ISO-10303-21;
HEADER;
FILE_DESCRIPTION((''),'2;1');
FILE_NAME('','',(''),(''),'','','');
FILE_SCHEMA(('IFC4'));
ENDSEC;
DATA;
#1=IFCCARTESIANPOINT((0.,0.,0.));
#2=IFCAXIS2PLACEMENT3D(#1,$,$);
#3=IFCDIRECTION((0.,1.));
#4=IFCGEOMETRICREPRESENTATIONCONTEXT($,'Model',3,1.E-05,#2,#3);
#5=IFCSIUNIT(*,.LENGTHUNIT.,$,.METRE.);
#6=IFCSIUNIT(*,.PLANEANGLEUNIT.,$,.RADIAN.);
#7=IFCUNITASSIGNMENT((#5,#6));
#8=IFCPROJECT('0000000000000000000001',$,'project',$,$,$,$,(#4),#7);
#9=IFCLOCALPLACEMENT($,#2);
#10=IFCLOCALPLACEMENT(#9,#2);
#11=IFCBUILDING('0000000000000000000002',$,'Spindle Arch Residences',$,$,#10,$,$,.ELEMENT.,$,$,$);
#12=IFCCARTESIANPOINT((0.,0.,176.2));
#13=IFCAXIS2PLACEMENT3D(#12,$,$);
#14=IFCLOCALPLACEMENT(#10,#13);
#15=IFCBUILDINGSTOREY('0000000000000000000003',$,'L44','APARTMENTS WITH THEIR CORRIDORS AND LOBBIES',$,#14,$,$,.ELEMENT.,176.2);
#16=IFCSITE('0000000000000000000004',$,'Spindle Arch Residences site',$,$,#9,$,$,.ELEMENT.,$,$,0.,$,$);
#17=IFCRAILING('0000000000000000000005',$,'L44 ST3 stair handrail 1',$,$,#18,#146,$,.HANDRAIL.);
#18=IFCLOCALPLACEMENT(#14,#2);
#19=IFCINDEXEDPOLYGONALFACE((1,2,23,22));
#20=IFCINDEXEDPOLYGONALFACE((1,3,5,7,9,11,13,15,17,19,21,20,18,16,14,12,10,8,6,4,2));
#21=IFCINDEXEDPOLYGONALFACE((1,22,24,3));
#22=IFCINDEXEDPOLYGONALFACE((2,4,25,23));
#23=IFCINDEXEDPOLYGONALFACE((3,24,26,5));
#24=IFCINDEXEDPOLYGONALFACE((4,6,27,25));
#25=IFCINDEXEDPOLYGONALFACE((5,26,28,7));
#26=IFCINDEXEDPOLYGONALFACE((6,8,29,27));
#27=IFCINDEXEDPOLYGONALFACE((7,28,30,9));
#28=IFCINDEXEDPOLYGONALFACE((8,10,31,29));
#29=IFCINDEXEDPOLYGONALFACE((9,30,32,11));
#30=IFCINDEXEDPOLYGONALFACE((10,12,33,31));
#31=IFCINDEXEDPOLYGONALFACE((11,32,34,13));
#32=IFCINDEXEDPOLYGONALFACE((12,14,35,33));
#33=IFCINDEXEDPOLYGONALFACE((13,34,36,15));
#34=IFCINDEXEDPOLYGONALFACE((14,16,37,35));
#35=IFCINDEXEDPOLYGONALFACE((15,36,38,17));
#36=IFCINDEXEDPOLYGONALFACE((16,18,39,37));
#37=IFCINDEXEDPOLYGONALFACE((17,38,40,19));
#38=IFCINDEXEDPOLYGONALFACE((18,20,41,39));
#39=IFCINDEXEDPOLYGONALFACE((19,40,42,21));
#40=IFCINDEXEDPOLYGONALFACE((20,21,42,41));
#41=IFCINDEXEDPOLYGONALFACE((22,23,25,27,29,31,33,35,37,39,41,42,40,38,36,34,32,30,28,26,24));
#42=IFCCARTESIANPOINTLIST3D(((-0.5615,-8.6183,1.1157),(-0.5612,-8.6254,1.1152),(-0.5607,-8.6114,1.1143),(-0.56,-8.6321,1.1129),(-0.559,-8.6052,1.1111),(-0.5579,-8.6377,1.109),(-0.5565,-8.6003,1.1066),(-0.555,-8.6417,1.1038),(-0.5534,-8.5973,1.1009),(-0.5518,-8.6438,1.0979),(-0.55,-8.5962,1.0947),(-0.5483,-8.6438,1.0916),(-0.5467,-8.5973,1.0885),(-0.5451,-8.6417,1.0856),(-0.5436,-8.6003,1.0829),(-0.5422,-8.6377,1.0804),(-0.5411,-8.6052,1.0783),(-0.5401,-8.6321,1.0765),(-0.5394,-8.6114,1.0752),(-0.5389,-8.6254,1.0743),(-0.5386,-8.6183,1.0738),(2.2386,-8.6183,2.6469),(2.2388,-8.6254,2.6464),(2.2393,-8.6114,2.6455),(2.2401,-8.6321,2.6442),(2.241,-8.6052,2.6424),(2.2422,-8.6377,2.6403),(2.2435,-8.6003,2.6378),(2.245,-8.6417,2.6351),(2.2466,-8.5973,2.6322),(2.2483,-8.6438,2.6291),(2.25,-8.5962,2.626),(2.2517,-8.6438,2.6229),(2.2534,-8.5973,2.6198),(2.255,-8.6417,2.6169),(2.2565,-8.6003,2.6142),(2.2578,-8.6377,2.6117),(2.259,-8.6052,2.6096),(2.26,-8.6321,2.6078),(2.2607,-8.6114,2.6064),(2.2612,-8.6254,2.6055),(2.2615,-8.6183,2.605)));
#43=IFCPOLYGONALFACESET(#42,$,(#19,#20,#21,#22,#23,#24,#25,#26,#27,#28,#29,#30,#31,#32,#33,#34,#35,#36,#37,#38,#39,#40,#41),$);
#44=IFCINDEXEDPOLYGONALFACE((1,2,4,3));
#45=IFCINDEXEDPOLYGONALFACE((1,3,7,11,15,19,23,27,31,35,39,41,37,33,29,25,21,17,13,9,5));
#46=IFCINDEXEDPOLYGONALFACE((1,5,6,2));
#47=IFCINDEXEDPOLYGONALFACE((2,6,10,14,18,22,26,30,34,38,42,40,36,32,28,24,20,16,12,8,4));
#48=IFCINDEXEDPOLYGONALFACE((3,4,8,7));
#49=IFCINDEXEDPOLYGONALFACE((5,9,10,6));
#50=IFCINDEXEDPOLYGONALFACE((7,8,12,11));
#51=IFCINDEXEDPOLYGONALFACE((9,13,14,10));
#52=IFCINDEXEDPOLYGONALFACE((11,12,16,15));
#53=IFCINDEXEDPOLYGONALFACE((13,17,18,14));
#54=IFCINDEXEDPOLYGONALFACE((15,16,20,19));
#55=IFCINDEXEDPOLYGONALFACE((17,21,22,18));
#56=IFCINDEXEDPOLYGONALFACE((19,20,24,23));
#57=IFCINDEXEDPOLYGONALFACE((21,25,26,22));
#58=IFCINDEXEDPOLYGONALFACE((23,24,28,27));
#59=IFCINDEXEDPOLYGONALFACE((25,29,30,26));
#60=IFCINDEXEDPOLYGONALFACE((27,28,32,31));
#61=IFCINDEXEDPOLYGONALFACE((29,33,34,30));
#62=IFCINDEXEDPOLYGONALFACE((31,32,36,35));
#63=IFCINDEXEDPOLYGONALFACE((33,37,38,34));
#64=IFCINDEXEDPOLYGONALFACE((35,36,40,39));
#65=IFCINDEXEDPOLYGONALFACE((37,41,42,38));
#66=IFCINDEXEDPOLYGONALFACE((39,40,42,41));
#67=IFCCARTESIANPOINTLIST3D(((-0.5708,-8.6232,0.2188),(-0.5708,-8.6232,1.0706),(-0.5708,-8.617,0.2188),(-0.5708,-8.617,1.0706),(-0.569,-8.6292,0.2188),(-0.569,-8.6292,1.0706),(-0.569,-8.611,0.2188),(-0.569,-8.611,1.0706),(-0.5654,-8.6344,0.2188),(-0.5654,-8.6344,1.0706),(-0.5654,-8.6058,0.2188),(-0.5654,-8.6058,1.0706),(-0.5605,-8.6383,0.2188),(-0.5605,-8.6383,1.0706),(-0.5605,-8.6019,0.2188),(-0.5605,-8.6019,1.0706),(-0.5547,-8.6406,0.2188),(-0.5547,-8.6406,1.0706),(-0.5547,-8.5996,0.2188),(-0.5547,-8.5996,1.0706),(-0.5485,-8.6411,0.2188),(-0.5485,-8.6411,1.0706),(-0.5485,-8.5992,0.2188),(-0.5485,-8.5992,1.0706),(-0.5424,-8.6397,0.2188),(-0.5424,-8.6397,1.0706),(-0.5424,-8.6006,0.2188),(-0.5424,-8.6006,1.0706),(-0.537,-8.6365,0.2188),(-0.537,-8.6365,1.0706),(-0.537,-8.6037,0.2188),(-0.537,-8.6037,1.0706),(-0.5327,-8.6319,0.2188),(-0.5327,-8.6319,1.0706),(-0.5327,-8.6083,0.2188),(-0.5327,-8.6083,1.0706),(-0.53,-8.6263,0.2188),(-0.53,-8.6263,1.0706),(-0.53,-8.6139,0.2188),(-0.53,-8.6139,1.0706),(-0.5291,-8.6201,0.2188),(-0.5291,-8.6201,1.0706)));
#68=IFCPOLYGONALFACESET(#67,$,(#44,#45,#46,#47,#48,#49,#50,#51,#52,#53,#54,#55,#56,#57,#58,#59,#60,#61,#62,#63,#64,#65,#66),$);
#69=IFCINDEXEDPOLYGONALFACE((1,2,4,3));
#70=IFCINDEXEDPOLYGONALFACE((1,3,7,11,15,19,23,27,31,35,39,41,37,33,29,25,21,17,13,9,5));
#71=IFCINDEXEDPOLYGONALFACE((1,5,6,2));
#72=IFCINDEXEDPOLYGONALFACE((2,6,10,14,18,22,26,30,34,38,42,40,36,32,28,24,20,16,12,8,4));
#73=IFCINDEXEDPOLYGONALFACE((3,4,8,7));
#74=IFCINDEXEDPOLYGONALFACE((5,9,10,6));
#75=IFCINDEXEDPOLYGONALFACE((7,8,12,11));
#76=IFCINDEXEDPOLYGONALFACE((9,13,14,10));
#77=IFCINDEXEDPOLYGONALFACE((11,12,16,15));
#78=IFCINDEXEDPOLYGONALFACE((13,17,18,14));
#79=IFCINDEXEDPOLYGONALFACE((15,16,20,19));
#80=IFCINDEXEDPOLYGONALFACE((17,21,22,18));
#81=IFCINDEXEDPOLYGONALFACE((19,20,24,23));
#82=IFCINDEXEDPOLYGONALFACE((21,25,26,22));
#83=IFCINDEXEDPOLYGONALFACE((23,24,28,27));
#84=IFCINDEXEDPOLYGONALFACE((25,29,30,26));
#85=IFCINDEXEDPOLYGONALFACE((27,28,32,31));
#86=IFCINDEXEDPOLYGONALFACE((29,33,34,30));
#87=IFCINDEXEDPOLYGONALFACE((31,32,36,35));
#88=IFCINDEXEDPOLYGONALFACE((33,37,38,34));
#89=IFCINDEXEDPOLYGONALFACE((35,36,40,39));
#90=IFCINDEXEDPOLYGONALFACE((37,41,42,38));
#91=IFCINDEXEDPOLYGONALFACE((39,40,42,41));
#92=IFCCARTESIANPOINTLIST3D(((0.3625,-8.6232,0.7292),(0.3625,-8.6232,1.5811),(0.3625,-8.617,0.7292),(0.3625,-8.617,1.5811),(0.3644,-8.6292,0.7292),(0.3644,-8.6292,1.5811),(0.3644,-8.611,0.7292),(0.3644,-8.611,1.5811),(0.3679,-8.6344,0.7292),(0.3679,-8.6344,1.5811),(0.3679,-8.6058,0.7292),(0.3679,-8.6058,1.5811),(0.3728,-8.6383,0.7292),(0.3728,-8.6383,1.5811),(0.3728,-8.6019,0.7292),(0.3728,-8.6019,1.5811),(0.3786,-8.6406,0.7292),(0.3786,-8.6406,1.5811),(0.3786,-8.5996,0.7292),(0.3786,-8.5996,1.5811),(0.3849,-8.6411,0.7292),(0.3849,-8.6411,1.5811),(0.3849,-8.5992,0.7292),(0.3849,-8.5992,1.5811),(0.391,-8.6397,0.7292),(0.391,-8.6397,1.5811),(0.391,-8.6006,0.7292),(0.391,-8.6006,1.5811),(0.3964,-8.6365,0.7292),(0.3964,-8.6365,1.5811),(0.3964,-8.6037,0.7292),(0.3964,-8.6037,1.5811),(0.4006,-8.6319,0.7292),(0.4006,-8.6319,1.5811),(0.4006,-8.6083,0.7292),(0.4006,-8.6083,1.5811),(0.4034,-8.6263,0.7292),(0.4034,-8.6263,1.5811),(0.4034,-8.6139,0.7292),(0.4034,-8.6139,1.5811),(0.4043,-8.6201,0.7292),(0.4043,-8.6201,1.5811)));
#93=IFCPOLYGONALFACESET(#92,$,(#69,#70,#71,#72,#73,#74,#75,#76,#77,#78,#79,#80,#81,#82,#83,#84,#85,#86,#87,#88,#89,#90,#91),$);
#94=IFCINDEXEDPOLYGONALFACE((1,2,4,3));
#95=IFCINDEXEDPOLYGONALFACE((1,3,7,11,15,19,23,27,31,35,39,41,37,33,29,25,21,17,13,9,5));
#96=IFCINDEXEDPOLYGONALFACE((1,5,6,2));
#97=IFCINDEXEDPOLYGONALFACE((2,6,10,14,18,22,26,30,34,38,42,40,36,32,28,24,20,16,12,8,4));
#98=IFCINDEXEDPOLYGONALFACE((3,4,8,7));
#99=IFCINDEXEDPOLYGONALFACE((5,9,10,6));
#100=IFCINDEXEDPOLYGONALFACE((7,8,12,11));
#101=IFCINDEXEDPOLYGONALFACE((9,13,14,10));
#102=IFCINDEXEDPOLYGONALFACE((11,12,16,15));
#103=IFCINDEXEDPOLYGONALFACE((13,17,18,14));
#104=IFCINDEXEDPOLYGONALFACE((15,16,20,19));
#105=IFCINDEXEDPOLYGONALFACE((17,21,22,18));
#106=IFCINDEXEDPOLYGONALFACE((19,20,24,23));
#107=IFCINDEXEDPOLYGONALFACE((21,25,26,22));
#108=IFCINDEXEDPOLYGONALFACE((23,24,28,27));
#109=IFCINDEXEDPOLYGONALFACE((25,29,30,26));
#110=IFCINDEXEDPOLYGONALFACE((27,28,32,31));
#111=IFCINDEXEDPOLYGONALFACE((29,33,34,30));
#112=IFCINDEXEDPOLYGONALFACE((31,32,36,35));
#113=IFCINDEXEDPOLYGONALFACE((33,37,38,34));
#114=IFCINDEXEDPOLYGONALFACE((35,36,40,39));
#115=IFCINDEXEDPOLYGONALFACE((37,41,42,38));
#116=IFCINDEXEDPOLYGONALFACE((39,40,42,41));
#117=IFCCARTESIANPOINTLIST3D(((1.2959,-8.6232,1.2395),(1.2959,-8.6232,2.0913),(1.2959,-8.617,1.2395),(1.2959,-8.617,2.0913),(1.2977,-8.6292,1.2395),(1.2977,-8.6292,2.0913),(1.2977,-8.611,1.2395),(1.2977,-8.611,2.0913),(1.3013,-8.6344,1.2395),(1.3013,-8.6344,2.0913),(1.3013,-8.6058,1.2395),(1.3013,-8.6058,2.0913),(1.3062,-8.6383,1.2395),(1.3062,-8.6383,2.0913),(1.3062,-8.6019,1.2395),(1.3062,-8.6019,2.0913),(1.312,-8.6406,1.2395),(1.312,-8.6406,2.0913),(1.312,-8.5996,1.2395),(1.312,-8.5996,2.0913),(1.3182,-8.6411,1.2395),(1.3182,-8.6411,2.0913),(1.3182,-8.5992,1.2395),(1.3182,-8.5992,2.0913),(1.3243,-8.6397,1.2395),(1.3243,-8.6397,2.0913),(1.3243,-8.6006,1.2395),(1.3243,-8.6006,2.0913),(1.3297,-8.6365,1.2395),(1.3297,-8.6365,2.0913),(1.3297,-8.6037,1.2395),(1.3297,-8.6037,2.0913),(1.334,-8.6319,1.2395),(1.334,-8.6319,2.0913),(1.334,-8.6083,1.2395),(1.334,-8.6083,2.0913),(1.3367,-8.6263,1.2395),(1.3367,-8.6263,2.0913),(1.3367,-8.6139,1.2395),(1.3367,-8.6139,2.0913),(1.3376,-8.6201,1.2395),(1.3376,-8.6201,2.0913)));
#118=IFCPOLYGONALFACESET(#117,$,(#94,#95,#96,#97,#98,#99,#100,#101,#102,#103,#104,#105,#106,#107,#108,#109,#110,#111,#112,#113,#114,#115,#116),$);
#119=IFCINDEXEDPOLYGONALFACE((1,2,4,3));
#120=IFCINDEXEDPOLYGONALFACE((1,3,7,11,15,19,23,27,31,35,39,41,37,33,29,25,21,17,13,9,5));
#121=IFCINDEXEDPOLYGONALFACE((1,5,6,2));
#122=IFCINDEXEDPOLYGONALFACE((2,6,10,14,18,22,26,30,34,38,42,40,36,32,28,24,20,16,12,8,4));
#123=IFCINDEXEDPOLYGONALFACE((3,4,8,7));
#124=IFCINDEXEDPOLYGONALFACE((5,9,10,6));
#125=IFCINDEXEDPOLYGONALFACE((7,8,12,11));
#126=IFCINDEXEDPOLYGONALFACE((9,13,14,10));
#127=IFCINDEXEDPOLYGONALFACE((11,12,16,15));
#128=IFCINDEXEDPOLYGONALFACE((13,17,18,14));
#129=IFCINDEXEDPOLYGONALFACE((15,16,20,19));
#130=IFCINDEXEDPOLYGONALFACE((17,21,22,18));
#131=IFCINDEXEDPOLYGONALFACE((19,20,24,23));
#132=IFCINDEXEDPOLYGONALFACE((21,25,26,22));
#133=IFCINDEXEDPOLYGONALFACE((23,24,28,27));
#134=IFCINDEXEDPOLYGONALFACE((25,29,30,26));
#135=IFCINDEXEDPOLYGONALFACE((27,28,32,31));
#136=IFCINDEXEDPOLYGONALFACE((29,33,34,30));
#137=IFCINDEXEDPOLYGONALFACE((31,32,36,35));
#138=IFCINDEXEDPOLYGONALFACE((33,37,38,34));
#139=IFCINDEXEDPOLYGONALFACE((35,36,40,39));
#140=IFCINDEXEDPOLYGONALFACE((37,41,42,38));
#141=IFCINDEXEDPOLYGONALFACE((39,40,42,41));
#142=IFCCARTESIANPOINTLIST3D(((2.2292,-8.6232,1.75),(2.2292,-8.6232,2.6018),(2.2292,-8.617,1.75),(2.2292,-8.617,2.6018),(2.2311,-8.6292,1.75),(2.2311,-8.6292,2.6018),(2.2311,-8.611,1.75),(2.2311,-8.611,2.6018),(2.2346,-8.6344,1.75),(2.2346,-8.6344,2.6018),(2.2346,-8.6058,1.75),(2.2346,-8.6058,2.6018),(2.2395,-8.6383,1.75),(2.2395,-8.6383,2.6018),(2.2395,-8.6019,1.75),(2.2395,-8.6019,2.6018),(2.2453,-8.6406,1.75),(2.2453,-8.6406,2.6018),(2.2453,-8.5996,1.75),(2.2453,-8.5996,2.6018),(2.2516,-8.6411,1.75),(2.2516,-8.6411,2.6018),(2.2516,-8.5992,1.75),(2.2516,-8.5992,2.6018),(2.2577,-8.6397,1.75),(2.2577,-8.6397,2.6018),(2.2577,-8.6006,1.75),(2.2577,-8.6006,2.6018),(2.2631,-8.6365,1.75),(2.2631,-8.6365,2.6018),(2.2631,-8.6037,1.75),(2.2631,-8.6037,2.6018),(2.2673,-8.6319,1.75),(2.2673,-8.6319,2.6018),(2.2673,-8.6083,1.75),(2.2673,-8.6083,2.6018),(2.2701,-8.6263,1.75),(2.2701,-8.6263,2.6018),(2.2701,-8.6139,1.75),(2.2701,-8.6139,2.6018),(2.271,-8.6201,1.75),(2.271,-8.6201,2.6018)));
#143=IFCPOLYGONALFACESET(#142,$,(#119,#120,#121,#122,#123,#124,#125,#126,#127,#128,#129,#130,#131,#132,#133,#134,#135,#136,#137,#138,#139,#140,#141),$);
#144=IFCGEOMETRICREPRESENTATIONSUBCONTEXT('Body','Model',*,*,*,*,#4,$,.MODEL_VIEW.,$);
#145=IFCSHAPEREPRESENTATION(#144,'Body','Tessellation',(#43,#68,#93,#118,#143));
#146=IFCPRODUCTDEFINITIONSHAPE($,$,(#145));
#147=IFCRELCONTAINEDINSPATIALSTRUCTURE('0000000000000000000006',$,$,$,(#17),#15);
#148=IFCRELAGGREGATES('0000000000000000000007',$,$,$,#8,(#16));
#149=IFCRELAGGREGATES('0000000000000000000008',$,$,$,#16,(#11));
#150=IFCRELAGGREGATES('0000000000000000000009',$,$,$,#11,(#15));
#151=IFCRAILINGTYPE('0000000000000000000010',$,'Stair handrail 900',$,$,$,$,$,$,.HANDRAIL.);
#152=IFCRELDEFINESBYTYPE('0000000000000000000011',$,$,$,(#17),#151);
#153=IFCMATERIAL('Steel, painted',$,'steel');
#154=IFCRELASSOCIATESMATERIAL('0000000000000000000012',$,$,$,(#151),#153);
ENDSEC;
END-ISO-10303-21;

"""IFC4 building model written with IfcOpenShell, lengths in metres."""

from ifc_helpers import new_model, si_unit, direction, frame, origin, origin_2d, place, context, subcontext, project, spatial, circle, extrude, material, type_object, element, save


model = new_model("IFC4")

# Units and contexts
model_context = context("Model", 3, precision=1e-05, world=origin(), true_north=direction((0.0, 1.0)))
body_context = subcontext(model_context, "Body", "Model", "MODEL_VIEW")
ifc_project = project(units=[si_unit("LENGTHUNIT", "METRE"), si_unit("PLANEANGLEUNIT", "RADIAN")], contexts=[model_context])

# Site, building, storey
site_placement = place(None, origin())
site = spatial("IfcSite", under=ifc_project, at=site_placement, Name="Spindle Arch Residences site", CompositionType="ELEMENT", RefElevation=0.0)
building_placement = place(site_placement, origin())
building = spatial("IfcBuilding", under=site, at=building_placement, Name="Spindle Arch Residences", CompositionType="ELEMENT")
storey_placement = place(building_placement, frame((0.0, 0.0, 176.2)))
storey = spatial("IfcBuildingStorey", under=building, at=storey_placement, Name="L44", Description="APARTMENTS WITH THEIR CORRIDORS AND LOBBIES", CompositionType="ELEMENT", Elevation=176.2)

# Railing
ifc_material_1 = material(Name="Steel, painted", Category="steel")
railing_type_1 = type_object("IfcRailingType", Name="Stair handrail 900", PredefinedType="HANDRAIL", material=ifc_material_1)
railing_1_placement = place(storey_placement, frame((-0.55, -8.6201, 0.2188)))
element("IfcRailing", 1, at=railing_1_placement, inside=storey, type_object=railing_type_1, Name="L44 ST3 stair handrail 1", PredefinedType="HANDRAIL", context=body_context, shape_type="SweptSolid", body=[
    extrude(circle(Radius=0.0239, at=origin_2d()), frame((0.0, 0.0, 0.876), z_axis=(0.877375, 0.0, 0.479806), x_axis=(0.0, 1.0, 0.0)), (0.0, 0.0, 1.0), 3.1914),
    extrude(circle(Radius=0.021, at=origin_2d()), origin(), (0.0, 0.0, 1.0), 0.8518),
    extrude(circle(Radius=0.021, at=origin_2d()), frame((0.9333, 0.0, 0.5105)), (0.0, 0.0, 1.0), 0.8518),
    extrude(circle(Radius=0.021, at=origin_2d()), frame((1.8667, 0.0, 1.0208)), (0.0, 0.0, 1.0), 0.8518),
    extrude(circle(Radius=0.021, at=origin_2d()), frame((2.8, 0.0, 1.5312)), (0.0, 0.0, 1.0), 0.8518),
])

save(model, "model.ifc")
